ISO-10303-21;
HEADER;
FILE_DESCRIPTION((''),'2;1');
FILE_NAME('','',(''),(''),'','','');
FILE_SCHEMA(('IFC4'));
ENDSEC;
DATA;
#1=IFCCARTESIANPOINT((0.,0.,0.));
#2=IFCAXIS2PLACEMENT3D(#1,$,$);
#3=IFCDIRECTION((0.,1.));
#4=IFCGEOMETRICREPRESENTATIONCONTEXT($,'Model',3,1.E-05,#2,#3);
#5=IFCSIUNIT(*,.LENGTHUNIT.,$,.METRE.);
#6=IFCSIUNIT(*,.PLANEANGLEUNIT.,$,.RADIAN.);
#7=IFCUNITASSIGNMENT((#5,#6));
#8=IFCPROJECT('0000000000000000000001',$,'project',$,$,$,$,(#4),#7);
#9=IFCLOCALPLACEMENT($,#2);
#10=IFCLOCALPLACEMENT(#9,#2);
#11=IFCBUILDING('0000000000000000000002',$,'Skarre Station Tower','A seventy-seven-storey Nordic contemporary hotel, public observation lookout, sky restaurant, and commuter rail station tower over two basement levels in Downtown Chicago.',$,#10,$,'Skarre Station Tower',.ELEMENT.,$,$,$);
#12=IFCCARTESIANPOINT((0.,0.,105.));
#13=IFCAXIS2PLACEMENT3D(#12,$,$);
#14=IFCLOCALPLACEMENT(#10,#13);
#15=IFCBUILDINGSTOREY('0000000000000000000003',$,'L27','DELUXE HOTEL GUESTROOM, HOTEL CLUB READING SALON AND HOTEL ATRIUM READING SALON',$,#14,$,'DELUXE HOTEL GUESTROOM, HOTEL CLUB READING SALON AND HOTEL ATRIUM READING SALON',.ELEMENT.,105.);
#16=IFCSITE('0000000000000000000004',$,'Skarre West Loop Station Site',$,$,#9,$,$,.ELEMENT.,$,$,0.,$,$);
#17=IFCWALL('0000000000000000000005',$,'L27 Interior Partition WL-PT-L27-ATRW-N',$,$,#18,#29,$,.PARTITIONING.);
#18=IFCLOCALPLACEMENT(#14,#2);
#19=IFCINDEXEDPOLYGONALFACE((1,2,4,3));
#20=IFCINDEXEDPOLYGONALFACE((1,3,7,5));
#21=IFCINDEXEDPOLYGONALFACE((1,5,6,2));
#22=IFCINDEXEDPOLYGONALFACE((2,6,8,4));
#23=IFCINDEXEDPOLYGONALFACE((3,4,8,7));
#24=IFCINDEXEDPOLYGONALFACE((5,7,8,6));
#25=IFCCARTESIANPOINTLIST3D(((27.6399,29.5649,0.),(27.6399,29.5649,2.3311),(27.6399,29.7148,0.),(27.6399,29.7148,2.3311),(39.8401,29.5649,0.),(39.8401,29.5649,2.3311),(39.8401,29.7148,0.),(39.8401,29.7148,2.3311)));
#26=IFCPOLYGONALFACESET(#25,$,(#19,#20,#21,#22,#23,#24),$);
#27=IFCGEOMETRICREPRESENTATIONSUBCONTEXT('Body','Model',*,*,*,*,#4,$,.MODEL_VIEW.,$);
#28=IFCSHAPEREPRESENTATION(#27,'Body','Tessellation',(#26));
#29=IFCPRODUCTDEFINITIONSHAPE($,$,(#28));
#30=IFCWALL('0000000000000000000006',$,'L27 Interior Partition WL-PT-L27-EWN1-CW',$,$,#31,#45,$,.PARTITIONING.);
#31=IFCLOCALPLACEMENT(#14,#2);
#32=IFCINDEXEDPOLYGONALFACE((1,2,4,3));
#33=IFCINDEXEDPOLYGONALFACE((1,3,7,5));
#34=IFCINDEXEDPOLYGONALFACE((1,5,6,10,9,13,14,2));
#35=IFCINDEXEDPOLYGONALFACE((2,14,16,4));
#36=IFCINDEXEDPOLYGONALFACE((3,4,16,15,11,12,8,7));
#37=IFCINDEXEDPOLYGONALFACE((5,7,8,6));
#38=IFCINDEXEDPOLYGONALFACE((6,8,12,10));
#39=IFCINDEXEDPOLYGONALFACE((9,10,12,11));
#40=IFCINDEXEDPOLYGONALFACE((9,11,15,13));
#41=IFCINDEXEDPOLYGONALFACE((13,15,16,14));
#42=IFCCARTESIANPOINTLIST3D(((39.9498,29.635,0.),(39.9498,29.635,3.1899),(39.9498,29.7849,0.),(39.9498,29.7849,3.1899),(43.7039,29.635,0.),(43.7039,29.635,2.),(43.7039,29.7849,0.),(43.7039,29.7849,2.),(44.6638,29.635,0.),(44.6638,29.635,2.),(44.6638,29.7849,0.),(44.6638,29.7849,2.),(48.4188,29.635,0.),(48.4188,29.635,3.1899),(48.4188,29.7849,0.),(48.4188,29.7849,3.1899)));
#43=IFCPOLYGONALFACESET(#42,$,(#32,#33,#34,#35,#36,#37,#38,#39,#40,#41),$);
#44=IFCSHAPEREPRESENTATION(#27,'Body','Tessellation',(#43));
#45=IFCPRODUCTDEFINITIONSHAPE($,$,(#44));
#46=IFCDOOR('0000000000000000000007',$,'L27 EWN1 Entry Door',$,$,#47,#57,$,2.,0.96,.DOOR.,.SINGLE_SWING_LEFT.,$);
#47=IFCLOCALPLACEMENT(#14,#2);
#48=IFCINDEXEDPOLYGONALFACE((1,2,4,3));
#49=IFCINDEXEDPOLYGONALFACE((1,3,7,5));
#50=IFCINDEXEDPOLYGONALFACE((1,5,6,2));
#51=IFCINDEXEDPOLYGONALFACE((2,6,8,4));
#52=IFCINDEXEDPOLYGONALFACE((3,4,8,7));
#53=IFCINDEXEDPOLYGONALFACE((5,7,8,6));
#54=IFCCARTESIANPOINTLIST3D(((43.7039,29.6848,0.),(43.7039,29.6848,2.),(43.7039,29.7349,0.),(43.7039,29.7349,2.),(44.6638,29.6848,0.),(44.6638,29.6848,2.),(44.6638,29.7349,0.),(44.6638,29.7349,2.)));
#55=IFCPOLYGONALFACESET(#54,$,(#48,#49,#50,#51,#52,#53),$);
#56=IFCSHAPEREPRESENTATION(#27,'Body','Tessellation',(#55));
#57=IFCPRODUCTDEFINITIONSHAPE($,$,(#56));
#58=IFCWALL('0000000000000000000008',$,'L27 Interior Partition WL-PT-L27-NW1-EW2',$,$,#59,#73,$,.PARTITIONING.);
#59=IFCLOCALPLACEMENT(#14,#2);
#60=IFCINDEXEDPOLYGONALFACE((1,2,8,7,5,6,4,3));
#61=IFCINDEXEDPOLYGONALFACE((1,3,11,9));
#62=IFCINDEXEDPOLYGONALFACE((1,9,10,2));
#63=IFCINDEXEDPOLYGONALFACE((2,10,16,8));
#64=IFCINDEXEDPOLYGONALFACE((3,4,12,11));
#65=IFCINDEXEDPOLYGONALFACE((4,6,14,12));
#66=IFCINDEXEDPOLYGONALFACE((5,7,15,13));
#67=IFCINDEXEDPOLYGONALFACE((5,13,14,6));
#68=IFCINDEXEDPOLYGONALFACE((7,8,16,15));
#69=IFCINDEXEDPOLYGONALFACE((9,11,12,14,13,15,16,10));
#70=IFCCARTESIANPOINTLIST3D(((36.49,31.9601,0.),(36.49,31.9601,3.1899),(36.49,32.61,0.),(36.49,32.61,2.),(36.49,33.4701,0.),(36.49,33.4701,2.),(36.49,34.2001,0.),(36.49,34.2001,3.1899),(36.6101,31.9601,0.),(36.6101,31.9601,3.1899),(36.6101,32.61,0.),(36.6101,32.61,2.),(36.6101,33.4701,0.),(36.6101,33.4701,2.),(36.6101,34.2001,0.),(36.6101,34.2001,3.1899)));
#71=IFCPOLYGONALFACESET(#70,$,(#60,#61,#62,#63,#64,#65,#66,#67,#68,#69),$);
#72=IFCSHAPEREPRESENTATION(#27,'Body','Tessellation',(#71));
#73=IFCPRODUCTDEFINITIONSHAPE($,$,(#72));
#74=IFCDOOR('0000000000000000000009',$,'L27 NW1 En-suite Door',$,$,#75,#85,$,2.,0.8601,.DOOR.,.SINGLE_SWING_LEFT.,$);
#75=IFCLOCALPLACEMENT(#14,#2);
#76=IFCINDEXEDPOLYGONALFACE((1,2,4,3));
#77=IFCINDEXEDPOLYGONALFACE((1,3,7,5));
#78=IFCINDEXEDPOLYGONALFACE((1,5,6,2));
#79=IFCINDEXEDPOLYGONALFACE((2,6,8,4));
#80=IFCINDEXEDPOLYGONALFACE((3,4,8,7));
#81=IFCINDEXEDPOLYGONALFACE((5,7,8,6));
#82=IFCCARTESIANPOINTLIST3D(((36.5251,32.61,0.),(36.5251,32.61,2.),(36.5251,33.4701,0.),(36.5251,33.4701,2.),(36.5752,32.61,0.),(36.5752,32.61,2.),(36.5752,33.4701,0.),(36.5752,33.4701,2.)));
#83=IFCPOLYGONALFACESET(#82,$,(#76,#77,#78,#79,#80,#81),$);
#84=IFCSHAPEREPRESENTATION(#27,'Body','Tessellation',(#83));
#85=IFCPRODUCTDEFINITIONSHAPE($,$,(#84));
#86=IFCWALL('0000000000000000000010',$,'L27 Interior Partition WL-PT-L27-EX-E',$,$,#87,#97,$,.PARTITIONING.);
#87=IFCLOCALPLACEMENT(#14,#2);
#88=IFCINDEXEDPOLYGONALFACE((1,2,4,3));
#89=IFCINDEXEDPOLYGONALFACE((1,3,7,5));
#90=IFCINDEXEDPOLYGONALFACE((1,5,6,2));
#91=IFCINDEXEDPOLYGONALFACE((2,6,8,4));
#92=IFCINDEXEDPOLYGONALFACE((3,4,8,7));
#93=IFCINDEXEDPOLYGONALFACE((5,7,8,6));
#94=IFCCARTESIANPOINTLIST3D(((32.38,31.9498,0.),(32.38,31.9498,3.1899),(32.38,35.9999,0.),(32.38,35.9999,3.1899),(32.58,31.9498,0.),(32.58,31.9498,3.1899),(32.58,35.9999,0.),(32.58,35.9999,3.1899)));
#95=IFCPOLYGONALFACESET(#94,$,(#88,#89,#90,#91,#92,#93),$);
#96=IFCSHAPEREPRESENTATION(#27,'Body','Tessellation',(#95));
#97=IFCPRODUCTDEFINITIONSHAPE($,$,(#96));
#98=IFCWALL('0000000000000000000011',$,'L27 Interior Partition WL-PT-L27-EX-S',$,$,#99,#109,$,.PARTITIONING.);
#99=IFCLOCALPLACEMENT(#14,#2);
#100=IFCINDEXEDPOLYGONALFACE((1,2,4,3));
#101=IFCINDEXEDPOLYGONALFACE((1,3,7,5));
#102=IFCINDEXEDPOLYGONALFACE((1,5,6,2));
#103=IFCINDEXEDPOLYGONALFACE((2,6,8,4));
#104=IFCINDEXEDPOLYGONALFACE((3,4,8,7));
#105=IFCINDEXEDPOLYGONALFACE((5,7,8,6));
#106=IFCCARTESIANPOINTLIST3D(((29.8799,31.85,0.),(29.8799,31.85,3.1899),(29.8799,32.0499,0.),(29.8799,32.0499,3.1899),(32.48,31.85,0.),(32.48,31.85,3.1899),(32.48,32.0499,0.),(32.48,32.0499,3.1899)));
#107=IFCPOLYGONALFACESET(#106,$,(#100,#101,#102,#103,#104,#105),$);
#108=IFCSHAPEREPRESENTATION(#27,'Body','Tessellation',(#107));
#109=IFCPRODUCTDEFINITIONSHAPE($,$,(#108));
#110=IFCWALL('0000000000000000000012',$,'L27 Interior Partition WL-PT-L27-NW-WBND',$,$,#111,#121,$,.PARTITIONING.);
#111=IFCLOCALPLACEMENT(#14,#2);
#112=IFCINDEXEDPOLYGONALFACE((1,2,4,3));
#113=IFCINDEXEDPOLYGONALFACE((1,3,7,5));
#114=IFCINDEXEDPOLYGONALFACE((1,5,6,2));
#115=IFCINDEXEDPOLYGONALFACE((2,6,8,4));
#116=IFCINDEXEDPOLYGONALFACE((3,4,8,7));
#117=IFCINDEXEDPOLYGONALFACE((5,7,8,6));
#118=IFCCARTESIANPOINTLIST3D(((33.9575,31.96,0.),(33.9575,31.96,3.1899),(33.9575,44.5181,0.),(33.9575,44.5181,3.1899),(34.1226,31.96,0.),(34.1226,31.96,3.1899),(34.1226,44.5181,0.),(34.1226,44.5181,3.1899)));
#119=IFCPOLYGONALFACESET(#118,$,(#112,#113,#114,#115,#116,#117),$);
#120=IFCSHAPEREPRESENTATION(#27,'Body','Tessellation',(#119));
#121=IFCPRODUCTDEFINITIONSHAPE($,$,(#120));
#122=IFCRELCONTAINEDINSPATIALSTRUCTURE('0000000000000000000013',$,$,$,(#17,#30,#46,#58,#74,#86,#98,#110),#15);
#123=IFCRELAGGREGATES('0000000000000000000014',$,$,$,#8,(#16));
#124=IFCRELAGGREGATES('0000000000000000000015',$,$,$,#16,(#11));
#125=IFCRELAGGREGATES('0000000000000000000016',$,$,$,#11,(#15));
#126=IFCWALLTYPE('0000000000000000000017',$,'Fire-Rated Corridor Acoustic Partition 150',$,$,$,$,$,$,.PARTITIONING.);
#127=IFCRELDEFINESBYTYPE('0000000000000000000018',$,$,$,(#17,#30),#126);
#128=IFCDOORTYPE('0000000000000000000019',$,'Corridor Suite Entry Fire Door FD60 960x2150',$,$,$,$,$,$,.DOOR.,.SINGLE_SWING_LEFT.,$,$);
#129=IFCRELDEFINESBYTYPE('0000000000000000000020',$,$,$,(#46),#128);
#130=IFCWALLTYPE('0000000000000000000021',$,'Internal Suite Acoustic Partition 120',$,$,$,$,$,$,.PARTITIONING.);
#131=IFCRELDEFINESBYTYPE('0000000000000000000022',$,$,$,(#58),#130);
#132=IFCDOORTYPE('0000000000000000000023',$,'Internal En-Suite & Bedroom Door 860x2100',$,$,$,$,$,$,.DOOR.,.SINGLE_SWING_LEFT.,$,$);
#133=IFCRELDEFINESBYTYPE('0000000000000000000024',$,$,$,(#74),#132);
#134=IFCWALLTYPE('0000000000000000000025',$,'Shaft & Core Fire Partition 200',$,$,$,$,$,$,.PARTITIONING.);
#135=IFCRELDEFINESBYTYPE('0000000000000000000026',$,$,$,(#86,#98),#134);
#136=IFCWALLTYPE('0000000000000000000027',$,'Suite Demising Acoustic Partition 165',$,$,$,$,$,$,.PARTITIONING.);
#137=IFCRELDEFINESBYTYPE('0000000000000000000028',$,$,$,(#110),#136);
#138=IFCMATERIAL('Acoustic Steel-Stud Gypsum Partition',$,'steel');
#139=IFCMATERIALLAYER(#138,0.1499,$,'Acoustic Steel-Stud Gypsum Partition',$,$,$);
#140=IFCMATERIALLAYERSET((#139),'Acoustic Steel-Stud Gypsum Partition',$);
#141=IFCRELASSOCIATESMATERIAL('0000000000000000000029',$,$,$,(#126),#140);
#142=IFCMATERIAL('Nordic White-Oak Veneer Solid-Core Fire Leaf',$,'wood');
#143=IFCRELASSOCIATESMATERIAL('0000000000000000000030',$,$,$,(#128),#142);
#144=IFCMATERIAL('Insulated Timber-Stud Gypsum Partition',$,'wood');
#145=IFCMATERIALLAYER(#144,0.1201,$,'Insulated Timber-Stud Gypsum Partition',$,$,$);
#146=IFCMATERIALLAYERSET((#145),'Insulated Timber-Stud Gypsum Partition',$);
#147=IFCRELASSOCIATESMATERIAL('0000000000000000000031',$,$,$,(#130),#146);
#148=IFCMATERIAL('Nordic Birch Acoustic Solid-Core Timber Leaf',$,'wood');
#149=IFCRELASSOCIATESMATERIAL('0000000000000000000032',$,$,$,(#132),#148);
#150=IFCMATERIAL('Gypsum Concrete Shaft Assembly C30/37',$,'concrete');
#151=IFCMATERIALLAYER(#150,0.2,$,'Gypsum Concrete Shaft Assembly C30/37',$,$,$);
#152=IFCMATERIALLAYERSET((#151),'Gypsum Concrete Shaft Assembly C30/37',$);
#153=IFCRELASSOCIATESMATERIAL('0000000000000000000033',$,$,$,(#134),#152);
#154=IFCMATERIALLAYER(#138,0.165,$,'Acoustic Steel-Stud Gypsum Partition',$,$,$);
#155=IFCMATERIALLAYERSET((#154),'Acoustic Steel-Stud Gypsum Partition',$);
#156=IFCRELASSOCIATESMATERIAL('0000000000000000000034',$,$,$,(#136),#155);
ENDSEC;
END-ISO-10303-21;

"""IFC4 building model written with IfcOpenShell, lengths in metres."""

from ifc_helpers import new_model, si_unit, direction, frame, frame_2d, origin, place, context, subcontext, project, spatial, rectangle, extrude, material, layer, layer_set, type_object, element, fill, save


model = new_model("IFC4")

# Units and contexts
model_context = context("Model", 3, precision=1e-05, world=origin(), true_north=direction((0.0, 1.0)))
body_context = subcontext(model_context, "Body", "Model", "MODEL_VIEW")
ifc_project = project(units=[si_unit("LENGTHUNIT", "METRE"), si_unit("PLANEANGLEUNIT", "RADIAN")], contexts=[model_context])

# Site, building, storey
site_placement = place(None, origin())
site = spatial("IfcSite", under=ifc_project, at=site_placement, Name="Skarre West Loop Station Site", CompositionType="ELEMENT", RefElevation=0.0)
building_placement = place(site_placement, origin())
building = spatial("IfcBuilding", under=site, at=building_placement, Name="Skarre Station Tower", Description="A seventy-seven-storey Nordic contemporary hotel, public observation lookout, sky restaurant, and commuter rail station tower over two basement levels in Downtown Chicago.", LongName="Skarre Station Tower", CompositionType="ELEMENT")
storey_placement = place(building_placement, frame((0.0, 0.0, 105.0)))
storey = spatial("IfcBuildingStorey", under=building, at=storey_placement, Name="L27", Description="DELUXE HOTEL GUESTROOM, HOTEL CLUB READING SALON AND HOTEL ATRIUM READING SALON", LongName="DELUXE HOTEL GUESTROOM, HOTEL CLUB READING SALON AND HOTEL ATRIUM READING SALON", CompositionType="ELEMENT", Elevation=105.0)

# Wall
ifc_material_1 = material(Name="Acoustic Steel-Stud Gypsum Partition", Category="steel")
ifc_layer_1 = layer(ifc_material_1, 0.1499, Name="Acoustic Steel-Stud Gypsum Partition")
ifc_layer_set_1 = layer_set([ifc_layer_1], Name="Acoustic Steel-Stud Gypsum Partition")
wall_type_1 = type_object("IfcWallType", Name="Fire-Rated Corridor Acoustic Partition 150", PredefinedType="PARTITIONING", material=ifc_layer_set_1)
wall_1_placement = place(storey_placement, frame((39.8401, 29.6399, 0.0), z_axis=(0.0, 0.0, 1.0), x_axis=(-1.0, 0.0, 0.0)))
element("IfcWall", 1, at=wall_1_placement, inside=storey, type_object=wall_type_1, Name="L27 Interior Partition WL-PT-L27-ATRW-N", PredefinedType="PARTITIONING", context=body_context, shape_type="SweptSolid", body=[
    extrude(rectangle(XDim=12.2002, YDim=0.1499, at=frame_2d((6.1001, 0.0))), origin(), (0.0, 0.0, 1.0), 2.3311),
])

# Walls, openings, doors
wall_2_placement = place(storey_placement, frame((39.95, 29.71, 0.0), z_axis=(0.0, 0.0, 1.0), x_axis=(1.0, 0.0, 0.0)))
wall_2 = element("IfcWall", 2, at=wall_2_placement, inside=storey, type_object=wall_type_1, Name="L27 Interior Partition WL-PT-L27-EWN1-CW", PredefinedType="PARTITIONING", context=body_context, shape_type="SweptSolid", body=[
    extrude(rectangle(XDim=8.469, YDim=0.1499, at=frame_2d((4.2344, 0.0))), origin(), (0.0, 0.0, 1.0), 3.1899),
])
opening_1_placement = place(wall_2_placement, frame((3.7539, 0.0, 0.0)))
opening_1 = element("IfcOpeningElement", 3, at=opening_1_placement, cuts=wall_2, PredefinedType="OPENING", context=body_context, shape_type="SweptSolid", body=[
    extrude(rectangle(XDim=0.96, YDim=2.0, at=frame_2d((0.48, 1.0))), frame((0.0, 0.085, 0.0), z_axis=(0.0, -1.0, 0.0), x_axis=(1.0, 0.0, 0.0)), (0.0, 0.0, 1.0), 0.1699),
])
ifc_material_2 = material(Name="Nordic White-Oak Veneer Solid-Core Fire Leaf", Category="wood")
door_type_1 = type_object("IfcDoorType", Name="Corridor Suite Entry Fire Door FD60 960x2150", OperationType="SINGLE_SWING_LEFT", PredefinedType="DOOR", material=ifc_material_2)
door_1_placement = place(opening_1_placement, origin())
door_1 = element("IfcDoor", 4, at=door_1_placement, inside=storey, type_object=door_type_1, Name="L27 EWN1 Entry Door", OperationType="SINGLE_SWING_LEFT", OverallHeight=2.0, OverallWidth=0.96, PredefinedType="DOOR", context=body_context, shape_type="SweptSolid", body=[
    extrude(rectangle(XDim=0.96, YDim=2.0, at=frame_2d((0.48, 1.0))), frame((0.0, 0.0249, 0.0), z_axis=(0.0, -1.0, 0.0), x_axis=(1.0, 0.0, 0.0)), (0.0, 0.0, 1.0), 0.05),
])
fill(opening_1, door_1)
ifc_material_3 = material(Name="Insulated Timber-Stud Gypsum Partition", Category="wood")
ifc_layer_2 = layer(ifc_material_3, 0.1201, Name="Insulated Timber-Stud Gypsum Partition")
ifc_layer_set_2 = layer_set([ifc_layer_2], Name="Insulated Timber-Stud Gypsum Partition")
wall_type_2 = type_object("IfcWallType", Name="Internal Suite Acoustic Partition 120", PredefinedType="PARTITIONING", material=ifc_layer_set_2)
wall_3_placement = place(storey_placement, frame((36.55, 31.96, 0.0), z_axis=(0.0, 0.0, 1.0), x_axis=(0.0, 1.0, 0.0)))
wall_3 = element("IfcWall", 5, at=wall_3_placement, inside=storey, type_object=wall_type_2, Name="L27 Interior Partition WL-PT-L27-NW1-EW2", PredefinedType="PARTITIONING", context=body_context, shape_type="SweptSolid", body=[
    extrude(rectangle(XDim=2.24, YDim=0.1201, at=frame_2d((1.1201, 0.0))), origin(), (0.0, 0.0, 1.0), 3.1899),
])
opening_2_placement = place(wall_3_placement, frame((0.6499, 0.0, 0.0)))
opening_2 = element("IfcOpeningElement", 6, at=opening_2_placement, cuts=wall_3, PredefinedType="OPENING", context=body_context, shape_type="SweptSolid", body=[
    extrude(rectangle(XDim=0.8601, YDim=2.0, at=frame_2d((0.4302, 1.0))), frame((0.0, 0.0701, 0.0), z_axis=(0.0, -1.0, 0.0), x_axis=(1.0, 0.0, 0.0)), (0.0, 0.0, 1.0), 0.1401),
])
ifc_material_4 = material(Name="Nordic Birch Acoustic Solid-Core Timber Leaf", Category="wood")
door_type_2 = type_object("IfcDoorType", Name="Internal En-Suite & Bedroom Door 860x2100", OperationType="SINGLE_SWING_LEFT", PredefinedType="DOOR", material=ifc_material_4)
door_2_placement = place(opening_2_placement, origin())
door_2 = element("IfcDoor", 7, at=door_2_placement, inside=storey, type_object=door_type_2, Name="L27 NW1 En-suite Door", OperationType="SINGLE_SWING_LEFT", OverallHeight=2.0, OverallWidth=0.8601, PredefinedType="DOOR", context=body_context, shape_type="SweptSolid", body=[
    extrude(rectangle(XDim=0.8601, YDim=2.0, at=frame_2d((0.4302, 1.0))), frame((0.0, 0.0249, 0.0), z_axis=(0.0, -1.0, 0.0), x_axis=(1.0, 0.0, 0.0)), (0.0, 0.0, 1.0), 0.05),
])
fill(opening_2, door_2)

# Walls
ifc_material_5 = material(Name="Gypsum Concrete Shaft Assembly C30/37", Category="concrete")
ifc_layer_3 = layer(ifc_material_5, 0.2, Name="Gypsum Concrete Shaft Assembly C30/37")
ifc_layer_set_3 = layer_set([ifc_layer_3], Name="Gypsum Concrete Shaft Assembly C30/37")
wall_type_3 = type_object("IfcWallType", Name="Shaft & Core Fire Partition 200", PredefinedType="PARTITIONING", material=ifc_layer_set_3)
wall_4_placement = place(storey_placement, frame((32.48, 31.95, 0.0), z_axis=(0.0, 0.0, 1.0), x_axis=(0.0, 1.0, 0.0)))
element("IfcWall", 8, at=wall_4_placement, inside=storey, type_object=wall_type_3, Name="L27 Interior Partition WL-PT-L27-EX-E", PredefinedType="PARTITIONING", context=body_context, shape_type="SweptSolid", body=[
    extrude(rectangle(XDim=4.05, YDim=0.2, at=frame_2d((2.0249, 0.0))), origin(), (0.0, 0.0, 1.0), 3.1899),
])
wall_5_placement = place(storey_placement, frame((32.48, 31.95, 0.0), z_axis=(0.0, 0.0, 1.0), x_axis=(-1.0, 0.0, 0.0)))
element("IfcWall", 9, at=wall_5_placement, inside=storey, type_object=wall_type_3, Name="L27 Interior Partition WL-PT-L27-EX-S", PredefinedType="PARTITIONING", context=body_context, shape_type="SweptSolid", body=[
    extrude(rectangle(XDim=2.6001, YDim=0.2, at=frame_2d((1.3, 0.0))), origin(), (0.0, 0.0, 1.0), 3.1899),
])
ifc_layer_4 = layer(ifc_material_1, 0.165, Name="Acoustic Steel-Stud Gypsum Partition")
ifc_layer_set_4 = layer_set([ifc_layer_4], Name="Acoustic Steel-Stud Gypsum Partition")
wall_type_4 = type_object("IfcWallType", Name="Suite Demising Acoustic Partition 165", PredefinedType="PARTITIONING", material=ifc_layer_set_4)
wall_6_placement = place(storey_placement, frame((34.04, 31.96, 0.0), z_axis=(0.0, 0.0, 1.0), x_axis=(0.0, 1.0, 0.0)))
element("IfcWall", 10, at=wall_6_placement, inside=storey, type_object=wall_type_4, Name="L27 Interior Partition WL-PT-L27-NW-WBND", PredefinedType="PARTITIONING", context=body_context, shape_type="SweptSolid", body=[
    extrude(rectangle(XDim=12.5581, YDim=0.165, at=frame_2d((6.2791, 0.0))), origin(), (0.0, 0.0, 1.0), 3.1899),
])

save(model, "model.ifc")
